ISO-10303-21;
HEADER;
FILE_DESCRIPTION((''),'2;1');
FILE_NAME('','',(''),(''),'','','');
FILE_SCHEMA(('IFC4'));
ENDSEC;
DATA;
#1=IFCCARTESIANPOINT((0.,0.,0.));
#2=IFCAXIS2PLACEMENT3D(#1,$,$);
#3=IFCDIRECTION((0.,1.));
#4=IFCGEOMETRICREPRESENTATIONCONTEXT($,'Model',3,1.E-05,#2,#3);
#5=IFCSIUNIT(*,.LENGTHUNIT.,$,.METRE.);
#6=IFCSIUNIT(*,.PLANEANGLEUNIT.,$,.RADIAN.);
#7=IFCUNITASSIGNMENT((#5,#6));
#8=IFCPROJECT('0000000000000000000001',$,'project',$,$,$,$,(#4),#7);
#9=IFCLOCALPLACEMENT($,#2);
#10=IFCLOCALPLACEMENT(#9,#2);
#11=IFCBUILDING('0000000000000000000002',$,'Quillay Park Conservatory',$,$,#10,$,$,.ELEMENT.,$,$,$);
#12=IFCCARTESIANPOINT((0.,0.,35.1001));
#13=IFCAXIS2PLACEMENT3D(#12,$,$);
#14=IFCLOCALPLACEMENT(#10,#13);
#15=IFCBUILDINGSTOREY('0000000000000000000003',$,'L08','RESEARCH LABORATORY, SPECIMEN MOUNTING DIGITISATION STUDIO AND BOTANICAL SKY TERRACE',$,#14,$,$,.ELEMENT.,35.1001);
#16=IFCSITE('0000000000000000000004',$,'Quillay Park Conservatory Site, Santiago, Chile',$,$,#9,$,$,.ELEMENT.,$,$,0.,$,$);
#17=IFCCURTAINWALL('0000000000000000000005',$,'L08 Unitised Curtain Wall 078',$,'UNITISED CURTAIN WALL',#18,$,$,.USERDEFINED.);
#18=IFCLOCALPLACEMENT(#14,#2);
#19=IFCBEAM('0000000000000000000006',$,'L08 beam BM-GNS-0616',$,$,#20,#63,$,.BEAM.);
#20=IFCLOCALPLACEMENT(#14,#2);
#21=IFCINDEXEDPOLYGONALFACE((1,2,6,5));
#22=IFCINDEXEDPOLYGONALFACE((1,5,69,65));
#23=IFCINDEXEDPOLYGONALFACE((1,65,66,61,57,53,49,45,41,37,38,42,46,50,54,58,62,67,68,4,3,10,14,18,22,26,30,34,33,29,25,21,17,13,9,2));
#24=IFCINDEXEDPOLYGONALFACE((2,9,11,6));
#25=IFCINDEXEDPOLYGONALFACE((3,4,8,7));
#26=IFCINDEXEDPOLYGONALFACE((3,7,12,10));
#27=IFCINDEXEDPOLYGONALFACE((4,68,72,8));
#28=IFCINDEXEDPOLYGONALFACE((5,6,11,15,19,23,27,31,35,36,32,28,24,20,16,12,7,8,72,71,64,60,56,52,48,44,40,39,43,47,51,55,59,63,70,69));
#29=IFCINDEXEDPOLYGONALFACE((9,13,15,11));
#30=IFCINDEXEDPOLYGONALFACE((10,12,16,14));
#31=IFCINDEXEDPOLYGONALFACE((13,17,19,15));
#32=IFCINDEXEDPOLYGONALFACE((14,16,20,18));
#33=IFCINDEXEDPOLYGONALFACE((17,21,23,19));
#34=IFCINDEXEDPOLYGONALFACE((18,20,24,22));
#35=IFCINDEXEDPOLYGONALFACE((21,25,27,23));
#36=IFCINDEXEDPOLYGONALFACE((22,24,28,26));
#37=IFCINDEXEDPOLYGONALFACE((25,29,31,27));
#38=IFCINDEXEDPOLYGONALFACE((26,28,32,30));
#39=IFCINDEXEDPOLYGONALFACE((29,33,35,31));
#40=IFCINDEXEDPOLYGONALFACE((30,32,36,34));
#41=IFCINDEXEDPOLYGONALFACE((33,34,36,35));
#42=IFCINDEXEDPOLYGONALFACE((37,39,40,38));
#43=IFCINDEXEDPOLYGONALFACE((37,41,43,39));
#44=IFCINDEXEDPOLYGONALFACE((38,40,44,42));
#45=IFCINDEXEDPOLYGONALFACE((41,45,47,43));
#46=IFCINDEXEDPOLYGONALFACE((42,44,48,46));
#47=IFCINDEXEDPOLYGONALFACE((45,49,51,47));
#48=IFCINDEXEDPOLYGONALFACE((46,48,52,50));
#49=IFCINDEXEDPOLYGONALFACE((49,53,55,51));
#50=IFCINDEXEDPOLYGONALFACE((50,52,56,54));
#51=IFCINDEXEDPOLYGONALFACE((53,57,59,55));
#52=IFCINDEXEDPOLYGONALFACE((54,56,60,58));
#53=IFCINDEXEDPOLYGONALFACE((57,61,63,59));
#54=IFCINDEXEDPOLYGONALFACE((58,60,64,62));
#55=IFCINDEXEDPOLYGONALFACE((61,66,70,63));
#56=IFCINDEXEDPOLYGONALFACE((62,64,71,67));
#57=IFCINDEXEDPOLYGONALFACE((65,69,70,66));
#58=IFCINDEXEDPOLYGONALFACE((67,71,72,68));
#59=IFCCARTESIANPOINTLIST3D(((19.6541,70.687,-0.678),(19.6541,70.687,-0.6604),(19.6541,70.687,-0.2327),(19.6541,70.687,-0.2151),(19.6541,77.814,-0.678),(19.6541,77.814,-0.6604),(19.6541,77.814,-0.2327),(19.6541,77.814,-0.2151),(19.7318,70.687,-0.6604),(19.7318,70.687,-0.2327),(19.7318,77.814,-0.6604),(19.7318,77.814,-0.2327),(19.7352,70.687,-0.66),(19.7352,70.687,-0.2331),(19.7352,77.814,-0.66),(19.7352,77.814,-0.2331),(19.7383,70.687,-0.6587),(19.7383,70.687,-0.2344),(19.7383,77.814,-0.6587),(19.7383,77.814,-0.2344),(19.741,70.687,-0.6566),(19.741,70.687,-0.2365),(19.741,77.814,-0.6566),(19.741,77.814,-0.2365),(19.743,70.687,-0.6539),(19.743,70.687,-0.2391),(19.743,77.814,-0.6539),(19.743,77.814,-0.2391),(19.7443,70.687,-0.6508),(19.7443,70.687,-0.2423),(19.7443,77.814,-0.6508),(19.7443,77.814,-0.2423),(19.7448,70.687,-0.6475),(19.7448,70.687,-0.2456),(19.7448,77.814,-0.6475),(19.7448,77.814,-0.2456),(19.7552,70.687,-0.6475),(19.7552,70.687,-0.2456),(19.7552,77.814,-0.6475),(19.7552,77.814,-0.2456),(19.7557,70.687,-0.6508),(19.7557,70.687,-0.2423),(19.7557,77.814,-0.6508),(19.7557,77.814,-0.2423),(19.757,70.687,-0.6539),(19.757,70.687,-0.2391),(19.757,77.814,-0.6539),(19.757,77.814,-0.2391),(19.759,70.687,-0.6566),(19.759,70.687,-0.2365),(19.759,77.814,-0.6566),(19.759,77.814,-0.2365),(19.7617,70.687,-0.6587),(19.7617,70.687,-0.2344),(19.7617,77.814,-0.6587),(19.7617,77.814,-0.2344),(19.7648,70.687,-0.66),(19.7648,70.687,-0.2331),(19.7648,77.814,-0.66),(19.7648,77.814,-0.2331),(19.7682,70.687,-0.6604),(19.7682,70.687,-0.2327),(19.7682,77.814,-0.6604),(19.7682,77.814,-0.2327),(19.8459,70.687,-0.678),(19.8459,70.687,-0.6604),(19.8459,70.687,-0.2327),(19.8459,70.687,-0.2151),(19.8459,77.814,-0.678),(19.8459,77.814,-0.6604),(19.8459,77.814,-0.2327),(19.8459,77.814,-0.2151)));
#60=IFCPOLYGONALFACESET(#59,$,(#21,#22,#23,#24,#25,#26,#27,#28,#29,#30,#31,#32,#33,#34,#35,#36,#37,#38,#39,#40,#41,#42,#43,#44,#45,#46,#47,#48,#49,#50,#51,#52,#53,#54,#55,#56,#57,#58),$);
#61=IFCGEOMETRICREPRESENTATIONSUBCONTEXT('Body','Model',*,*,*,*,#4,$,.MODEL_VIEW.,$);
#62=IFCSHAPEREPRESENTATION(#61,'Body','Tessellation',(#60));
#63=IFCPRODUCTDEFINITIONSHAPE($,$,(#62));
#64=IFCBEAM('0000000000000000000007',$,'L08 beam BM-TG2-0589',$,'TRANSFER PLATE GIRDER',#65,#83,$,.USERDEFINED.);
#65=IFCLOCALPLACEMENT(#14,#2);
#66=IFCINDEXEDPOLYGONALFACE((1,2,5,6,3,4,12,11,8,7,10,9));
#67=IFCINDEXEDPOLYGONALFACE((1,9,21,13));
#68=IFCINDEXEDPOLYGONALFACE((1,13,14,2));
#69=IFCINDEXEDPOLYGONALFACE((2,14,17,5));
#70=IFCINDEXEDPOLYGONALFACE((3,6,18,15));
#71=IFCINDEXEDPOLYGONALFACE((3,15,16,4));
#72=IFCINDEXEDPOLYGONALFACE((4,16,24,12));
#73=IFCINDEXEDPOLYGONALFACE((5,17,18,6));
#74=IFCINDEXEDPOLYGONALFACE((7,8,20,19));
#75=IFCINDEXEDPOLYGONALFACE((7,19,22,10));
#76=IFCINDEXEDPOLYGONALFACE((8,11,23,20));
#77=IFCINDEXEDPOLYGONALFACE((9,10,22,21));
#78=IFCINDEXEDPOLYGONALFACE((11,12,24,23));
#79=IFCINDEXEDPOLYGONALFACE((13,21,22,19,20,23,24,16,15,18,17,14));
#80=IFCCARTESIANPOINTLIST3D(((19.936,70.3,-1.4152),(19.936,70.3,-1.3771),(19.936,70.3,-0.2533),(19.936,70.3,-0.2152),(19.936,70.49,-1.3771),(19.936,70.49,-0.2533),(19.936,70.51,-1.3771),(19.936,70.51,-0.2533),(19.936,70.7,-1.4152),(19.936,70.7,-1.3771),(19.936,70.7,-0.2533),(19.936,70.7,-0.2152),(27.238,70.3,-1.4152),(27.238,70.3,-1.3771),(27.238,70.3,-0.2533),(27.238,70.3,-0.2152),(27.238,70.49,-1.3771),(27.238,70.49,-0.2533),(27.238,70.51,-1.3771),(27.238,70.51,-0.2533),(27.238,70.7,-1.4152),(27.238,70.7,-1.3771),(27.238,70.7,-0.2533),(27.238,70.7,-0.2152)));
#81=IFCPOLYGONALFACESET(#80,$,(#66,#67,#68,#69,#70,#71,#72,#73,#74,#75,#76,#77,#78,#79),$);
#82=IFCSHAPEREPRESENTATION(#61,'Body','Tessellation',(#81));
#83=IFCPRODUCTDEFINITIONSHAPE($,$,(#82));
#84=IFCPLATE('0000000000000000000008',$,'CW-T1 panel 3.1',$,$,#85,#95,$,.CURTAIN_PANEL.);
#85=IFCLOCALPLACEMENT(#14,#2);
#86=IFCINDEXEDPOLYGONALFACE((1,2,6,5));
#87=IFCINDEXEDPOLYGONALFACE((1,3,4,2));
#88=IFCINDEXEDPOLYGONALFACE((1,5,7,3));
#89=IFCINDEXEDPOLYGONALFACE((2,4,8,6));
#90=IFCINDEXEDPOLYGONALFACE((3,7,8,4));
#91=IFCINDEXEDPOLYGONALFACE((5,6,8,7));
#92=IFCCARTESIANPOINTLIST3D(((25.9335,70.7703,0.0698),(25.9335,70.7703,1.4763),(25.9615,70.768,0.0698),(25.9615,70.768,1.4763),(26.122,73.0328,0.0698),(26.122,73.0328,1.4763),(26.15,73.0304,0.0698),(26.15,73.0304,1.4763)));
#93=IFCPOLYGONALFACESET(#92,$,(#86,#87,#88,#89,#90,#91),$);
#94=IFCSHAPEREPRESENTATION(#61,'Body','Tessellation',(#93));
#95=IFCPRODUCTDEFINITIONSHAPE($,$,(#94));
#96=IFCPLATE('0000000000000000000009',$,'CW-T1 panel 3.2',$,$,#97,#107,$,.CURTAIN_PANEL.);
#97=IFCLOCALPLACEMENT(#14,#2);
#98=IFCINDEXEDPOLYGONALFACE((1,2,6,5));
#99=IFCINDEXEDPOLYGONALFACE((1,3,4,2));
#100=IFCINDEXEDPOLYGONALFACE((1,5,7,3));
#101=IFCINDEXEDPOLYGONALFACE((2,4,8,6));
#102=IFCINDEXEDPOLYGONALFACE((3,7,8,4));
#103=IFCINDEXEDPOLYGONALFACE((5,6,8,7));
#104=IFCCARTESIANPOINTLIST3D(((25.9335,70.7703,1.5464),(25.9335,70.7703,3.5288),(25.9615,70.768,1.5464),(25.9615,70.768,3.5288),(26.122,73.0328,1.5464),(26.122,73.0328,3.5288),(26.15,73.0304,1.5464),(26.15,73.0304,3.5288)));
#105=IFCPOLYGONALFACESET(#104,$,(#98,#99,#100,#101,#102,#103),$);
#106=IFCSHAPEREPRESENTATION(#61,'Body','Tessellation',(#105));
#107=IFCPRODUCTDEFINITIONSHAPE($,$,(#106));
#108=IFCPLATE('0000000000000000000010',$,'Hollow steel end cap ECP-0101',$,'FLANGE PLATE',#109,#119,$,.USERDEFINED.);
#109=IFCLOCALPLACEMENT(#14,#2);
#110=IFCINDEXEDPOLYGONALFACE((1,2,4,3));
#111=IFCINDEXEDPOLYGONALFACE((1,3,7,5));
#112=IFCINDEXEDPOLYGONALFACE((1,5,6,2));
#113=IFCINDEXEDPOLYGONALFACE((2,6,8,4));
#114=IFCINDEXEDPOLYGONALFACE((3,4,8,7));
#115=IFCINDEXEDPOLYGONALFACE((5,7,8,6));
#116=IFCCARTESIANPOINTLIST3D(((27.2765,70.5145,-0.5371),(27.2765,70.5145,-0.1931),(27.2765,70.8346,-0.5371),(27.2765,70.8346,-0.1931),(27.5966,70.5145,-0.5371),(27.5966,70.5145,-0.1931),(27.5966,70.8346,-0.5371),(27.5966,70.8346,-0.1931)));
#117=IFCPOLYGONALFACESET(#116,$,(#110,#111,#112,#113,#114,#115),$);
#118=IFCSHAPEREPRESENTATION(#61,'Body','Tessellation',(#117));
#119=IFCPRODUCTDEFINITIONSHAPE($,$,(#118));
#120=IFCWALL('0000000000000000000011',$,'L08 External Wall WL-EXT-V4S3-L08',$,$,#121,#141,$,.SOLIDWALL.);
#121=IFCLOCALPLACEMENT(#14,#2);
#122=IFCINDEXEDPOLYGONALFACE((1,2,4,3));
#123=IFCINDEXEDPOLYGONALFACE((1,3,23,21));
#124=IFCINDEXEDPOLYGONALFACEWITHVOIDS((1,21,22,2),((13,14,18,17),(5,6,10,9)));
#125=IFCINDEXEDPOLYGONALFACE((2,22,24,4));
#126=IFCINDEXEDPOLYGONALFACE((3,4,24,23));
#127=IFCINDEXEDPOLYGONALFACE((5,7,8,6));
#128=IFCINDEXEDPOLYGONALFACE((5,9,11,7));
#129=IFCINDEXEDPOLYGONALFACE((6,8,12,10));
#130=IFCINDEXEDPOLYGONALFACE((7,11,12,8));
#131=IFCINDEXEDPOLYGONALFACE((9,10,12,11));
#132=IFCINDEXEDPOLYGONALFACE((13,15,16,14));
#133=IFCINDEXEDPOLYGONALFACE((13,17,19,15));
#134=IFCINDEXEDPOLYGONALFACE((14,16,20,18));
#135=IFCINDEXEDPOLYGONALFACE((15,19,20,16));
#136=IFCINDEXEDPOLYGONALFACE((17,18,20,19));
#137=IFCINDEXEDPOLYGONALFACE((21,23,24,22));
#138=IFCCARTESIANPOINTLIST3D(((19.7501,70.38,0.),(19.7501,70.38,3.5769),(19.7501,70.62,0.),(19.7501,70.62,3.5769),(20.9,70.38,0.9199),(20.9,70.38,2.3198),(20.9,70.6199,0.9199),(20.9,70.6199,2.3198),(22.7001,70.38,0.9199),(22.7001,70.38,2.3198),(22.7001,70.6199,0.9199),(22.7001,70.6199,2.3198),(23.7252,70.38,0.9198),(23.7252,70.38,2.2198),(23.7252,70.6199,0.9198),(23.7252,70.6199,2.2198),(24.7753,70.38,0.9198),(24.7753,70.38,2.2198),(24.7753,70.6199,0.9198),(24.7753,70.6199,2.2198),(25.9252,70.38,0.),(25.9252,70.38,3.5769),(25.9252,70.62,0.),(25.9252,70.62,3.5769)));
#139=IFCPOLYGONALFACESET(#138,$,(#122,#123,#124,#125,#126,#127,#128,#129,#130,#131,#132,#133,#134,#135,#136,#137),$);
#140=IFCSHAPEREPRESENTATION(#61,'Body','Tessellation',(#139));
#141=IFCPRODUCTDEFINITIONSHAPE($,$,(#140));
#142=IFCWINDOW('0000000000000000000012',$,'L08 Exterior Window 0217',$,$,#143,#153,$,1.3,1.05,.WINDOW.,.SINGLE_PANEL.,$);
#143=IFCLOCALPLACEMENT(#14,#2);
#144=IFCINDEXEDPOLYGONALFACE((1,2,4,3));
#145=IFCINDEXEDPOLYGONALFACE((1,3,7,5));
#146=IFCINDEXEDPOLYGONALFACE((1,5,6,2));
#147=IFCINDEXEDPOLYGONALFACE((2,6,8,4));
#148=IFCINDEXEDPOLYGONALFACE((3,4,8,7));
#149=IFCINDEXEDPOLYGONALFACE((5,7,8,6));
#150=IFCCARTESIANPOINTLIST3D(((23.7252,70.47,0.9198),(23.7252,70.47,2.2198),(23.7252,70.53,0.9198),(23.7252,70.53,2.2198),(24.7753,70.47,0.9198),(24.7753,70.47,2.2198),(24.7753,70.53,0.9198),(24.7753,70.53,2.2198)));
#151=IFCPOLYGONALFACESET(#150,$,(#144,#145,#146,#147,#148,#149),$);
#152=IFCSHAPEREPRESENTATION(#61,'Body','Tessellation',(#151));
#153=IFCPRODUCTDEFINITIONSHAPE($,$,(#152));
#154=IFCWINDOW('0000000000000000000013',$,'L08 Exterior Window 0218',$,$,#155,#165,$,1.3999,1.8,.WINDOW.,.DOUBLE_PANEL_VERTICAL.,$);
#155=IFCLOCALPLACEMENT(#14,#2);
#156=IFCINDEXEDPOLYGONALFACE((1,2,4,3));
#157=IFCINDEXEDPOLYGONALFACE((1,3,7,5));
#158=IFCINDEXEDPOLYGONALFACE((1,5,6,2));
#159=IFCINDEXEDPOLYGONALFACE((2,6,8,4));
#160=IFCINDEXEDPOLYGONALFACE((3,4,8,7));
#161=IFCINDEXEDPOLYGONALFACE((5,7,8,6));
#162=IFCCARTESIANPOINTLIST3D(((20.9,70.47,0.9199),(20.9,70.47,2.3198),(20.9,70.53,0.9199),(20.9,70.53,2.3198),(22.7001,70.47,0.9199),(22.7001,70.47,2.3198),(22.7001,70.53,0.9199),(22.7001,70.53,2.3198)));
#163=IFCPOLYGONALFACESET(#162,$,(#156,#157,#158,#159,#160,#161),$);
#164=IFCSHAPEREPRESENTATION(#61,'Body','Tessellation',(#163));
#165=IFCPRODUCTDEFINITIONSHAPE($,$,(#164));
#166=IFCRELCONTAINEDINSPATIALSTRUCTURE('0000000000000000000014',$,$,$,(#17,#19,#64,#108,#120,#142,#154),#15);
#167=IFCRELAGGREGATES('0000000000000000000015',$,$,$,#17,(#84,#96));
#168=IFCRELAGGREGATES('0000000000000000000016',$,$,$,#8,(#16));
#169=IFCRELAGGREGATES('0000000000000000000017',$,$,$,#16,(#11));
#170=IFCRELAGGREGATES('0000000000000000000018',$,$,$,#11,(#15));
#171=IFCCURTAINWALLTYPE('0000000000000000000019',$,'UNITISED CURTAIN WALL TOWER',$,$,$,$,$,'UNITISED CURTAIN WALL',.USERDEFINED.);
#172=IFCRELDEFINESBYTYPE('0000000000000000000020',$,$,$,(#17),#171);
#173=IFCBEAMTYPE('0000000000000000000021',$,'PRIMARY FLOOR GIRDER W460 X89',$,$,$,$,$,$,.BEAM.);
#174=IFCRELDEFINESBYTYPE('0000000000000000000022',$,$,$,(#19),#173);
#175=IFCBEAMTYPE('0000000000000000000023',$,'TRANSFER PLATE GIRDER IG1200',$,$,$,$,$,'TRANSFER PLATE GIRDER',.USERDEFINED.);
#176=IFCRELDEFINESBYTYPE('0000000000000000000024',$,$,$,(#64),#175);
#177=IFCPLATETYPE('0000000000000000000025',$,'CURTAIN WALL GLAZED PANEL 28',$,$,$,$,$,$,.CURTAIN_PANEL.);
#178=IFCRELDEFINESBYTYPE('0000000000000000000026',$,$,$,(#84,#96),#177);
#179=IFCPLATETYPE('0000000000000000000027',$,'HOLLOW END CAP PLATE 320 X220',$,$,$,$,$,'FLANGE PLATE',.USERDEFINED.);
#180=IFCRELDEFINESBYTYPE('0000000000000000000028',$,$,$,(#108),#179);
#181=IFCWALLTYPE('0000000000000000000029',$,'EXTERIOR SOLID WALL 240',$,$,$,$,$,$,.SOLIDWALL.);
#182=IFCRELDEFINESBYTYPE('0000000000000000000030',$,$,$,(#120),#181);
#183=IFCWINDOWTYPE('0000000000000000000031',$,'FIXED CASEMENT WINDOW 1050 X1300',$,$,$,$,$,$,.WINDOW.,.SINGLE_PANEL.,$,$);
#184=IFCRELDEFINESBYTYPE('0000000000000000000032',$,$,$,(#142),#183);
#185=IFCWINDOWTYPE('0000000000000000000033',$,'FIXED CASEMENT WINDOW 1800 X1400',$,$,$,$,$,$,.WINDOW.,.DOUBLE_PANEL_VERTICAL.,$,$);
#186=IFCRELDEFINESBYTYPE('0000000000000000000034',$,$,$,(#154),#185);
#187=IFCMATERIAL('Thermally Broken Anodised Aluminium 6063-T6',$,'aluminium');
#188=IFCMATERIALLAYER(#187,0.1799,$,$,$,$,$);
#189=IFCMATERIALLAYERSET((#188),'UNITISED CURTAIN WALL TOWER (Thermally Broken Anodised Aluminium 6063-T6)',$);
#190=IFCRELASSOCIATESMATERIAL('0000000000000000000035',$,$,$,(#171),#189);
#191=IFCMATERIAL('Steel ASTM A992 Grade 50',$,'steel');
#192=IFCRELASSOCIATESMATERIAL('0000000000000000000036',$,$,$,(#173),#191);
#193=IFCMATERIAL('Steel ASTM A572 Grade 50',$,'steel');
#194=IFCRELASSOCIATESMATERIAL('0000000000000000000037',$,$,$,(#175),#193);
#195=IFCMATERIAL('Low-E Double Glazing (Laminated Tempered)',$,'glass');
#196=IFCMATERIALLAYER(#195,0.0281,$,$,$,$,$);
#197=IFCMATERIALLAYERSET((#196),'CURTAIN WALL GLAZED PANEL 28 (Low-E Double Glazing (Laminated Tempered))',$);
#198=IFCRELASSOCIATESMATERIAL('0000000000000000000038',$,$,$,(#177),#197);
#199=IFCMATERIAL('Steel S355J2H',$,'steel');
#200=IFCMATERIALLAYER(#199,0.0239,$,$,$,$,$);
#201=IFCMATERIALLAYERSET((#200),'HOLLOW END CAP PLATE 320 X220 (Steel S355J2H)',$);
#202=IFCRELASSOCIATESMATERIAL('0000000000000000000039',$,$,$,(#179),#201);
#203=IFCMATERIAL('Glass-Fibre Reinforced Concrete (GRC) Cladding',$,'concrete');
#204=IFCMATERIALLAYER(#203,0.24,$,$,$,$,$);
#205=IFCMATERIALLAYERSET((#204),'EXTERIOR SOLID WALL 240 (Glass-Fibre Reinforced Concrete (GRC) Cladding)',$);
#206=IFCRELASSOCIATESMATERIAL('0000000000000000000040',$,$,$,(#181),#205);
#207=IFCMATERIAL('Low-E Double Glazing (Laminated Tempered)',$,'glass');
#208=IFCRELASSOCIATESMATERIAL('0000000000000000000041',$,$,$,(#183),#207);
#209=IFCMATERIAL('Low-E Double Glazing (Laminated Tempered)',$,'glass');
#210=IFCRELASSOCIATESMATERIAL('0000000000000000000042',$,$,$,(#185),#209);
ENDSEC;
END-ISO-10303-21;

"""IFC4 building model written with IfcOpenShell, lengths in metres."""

from ifc_helpers import new_model, si_unit, direction, frame, frame_2d, origin, origin_2d, place, context, subcontext, project, spatial, rectangle, i_section, extrude, material, layer, layer_set, material_profile, profile_set, type_object, element, fill, aggregate, save


model = new_model("IFC4")

# Units and contexts
model_context = context("Model", 3, precision=1e-05, world=origin(), true_north=direction((0.0, 1.0)))
body_context = subcontext(model_context, "Body", "Model", "MODEL_VIEW")
ifc_project = project(units=[si_unit("LENGTHUNIT", "METRE"), si_unit("PLANEANGLEUNIT", "RADIAN")], contexts=[model_context])

# Site, building, storey
site_placement = place(None, origin())
site = spatial("IfcSite", under=ifc_project, at=site_placement, Name="Quillay Park Conservatory Site, Santiago, Chile", CompositionType="ELEMENT", RefElevation=0.0)
building_placement = place(site_placement, origin())
building = spatial("IfcBuilding", under=site, at=building_placement, Name="Quillay Park Conservatory", CompositionType="ELEMENT")
storey_placement = place(building_placement, frame((0.0, 0.0, 35.1001)))
storey = spatial("IfcBuildingStorey", under=building, at=storey_placement, Name="L08", Description="RESEARCH LABORATORY, SPECIMEN MOUNTING DIGITISATION STUDIO AND BOTANICAL SKY TERRACE", CompositionType="ELEMENT", Elevation=35.1001)

# Curtain wall
ifc_material_1 = material(Name="Thermally Broken Anodised Aluminium 6063-T6", Category="aluminium")
ifc_layer_1 = layer(ifc_material_1, 0.1799)
ifc_layer_set_1 = layer_set([ifc_layer_1], Name="UNITISED CURTAIN WALL TOWER (Thermally Broken Anodised Aluminium 6063-T6)")
curtain_wall_type = type_object("IfcCurtainWallType", Name="UNITISED CURTAIN WALL TOWER", ElementType="UNITISED CURTAIN WALL", PredefinedType="USERDEFINED", material=ifc_layer_set_1)
curtain_wall_placement = place(storey_placement, origin())
curtain_wall = element("IfcCurtainWall", 1, at=curtain_wall_placement, inside=storey, type_object=curtain_wall_type, Name="L08 Unitised Curtain Wall 078", ObjectType="UNITISED CURTAIN WALL", PredefinedType="USERDEFINED")

# Beams
ifc_material_2 = material(Name="Steel ASTM A992 Grade 50", Category="steel")
ifc_material_profile_1 = material_profile(ifc_material_2, i_section(OverallWidth=0.1919, OverallDepth=0.4629, WebThickness=0.0105, FlangeThickness=0.0176, FilletRadius=0.0129, at=origin_2d()), Name="W460x89")
ifc_profile_set_1 = profile_set([ifc_material_profile_1], Name="Steel ASTM A992 Grade 50")
beam_type_1 = type_object("IfcBeamType", Name="PRIMARY FLOOR GIRDER W460 X89", PredefinedType="BEAM", material=ifc_profile_set_1)
beam_1_placement = place(storey_placement, frame((19.75, 70.687, -0.4465), z_axis=(0.0, 1.0, 0.0), x_axis=(-1.0, 0.0, 0.0)))
element("IfcBeam", 2, at=beam_1_placement, inside=storey, type_object=beam_type_1, Name="L08 beam BM-GNS-0616", PredefinedType="BEAM", context=body_context, shape_type="SweptSolid", body=[
    extrude(i_section(OverallWidth=0.1919, OverallDepth=0.4629, WebThickness=0.0105, FlangeThickness=0.0176, FilletRadius=0.0129, at=origin_2d()), origin(), (0.0, 0.0, 1.0), 7.127),
])
ifc_material_3 = material(Name="Steel ASTM A572 Grade 50", Category="steel")
ifc_material_profile_2 = material_profile(ifc_material_3, i_section(OverallWidth=0.3999, OverallDepth=1.2, WebThickness=0.02, FlangeThickness=0.0381, at=origin_2d()), Name="IG1200x400")
ifc_profile_set_2 = profile_set([ifc_material_profile_2], Name="Steel ASTM A572 Grade 50")
beam_type_2 = type_object("IfcBeamType", Name="TRANSFER PLATE GIRDER IG1200", ElementType="TRANSFER PLATE GIRDER", PredefinedType="USERDEFINED", material=ifc_profile_set_2)
beam_2_placement = place(storey_placement, frame((19.936, 70.5, -0.8152), z_axis=(1.0, 0.0, 0.0), x_axis=(0.0, 1.0, 0.0)))
element("IfcBeam", 3, at=beam_2_placement, inside=storey, type_object=beam_type_2, Name="L08 beam BM-TG2-0589", ObjectType="TRANSFER PLATE GIRDER", PredefinedType="USERDEFINED", context=body_context, shape_type="SweptSolid", body=[
    extrude(i_section(OverallWidth=0.3999, OverallDepth=1.2, WebThickness=0.02, FlangeThickness=0.0381, at=origin_2d()), origin(), (0.0, 0.0, 1.0), 7.302),
])

# Plates
ifc_material_4 = material(Name="Low-E Double Glazing (Laminated Tempered)", Category="glass")
ifc_layer_2 = layer(ifc_material_4, 0.0281)
ifc_layer_set_2 = layer_set([ifc_layer_2], Name="CURTAIN WALL GLAZED PANEL 28 (Low-E Double Glazing (Laminated Tempered))")
plate_type_1 = type_object("IfcPlateType", Name="CURTAIN WALL GLAZED PANEL 28", PredefinedType="CURTAIN_PANEL", material=ifc_layer_set_2)
plate_1_placement = place(storey_placement, frame((26.0417, 71.9004, 0.0698), z_axis=(0.0, 0.0, 1.0), x_axis=(-0.083048, -0.996546, 0.0)))
plate_1 = element("IfcPlate", 4, at=plate_1_placement, type_object=plate_type_1, Name="CW-T1 panel 3.1", PredefinedType="CURTAIN_PANEL", context=body_context, shape_type="SweptSolid", body=[
    extrude(rectangle(XDim=2.2703, YDim=0.0281, at=origin_2d()), origin(), (0.0, 0.0, 1.0), 1.4065),
])
plate_2_placement = place(storey_placement, frame((26.0417, 71.9004, 1.5464), z_axis=(0.0, 0.0, 1.0), x_axis=(-0.083048, -0.996546, 0.0)))
plate_2 = element("IfcPlate", 5, at=plate_2_placement, type_object=plate_type_1, Name="CW-T1 panel 3.2", PredefinedType="CURTAIN_PANEL", context=body_context, shape_type="SweptSolid", body=[
    extrude(rectangle(XDim=2.2703, YDim=0.0281, at=origin_2d()), origin(), (0.0, 0.0, 1.0), 1.9824),
])
aggregate(curtain_wall, [plate_1, plate_2])
ifc_material_5 = material(Name="Steel S355J2H", Category="steel")
ifc_layer_3 = layer(ifc_material_5, 0.0239)
ifc_layer_set_3 = layer_set([ifc_layer_3], Name="HOLLOW END CAP PLATE 320 X220 (Steel S355J2H)")
plate_type_2 = type_object("IfcPlateType", Name="HOLLOW END CAP PLATE 320 X220", ElementType="FLANGE PLATE", PredefinedType="USERDEFINED", material=ifc_layer_set_3)
plate_3_placement = place(storey_placement, frame((27.4365, 70.6746, -0.5371), z_axis=(0.0, 0.0, 1.0), x_axis=(1.0, 0.0, 0.0)))
element("IfcPlate", 6, at=plate_3_placement, inside=storey, type_object=plate_type_2, Name="Hollow steel end cap ECP-0101", ObjectType="FLANGE PLATE", PredefinedType="USERDEFINED", context=body_context, shape_type="SweptSolid", body=[
    extrude(rectangle(XDim=0.3201, YDim=0.3201, at=origin_2d()), origin(), (0.0, 0.0, 1.0), 0.344),
])

# Wall, openings, windows
ifc_material_6 = material(Name="Glass-Fibre Reinforced Concrete (GRC) Cladding", Category="concrete")
ifc_layer_4 = layer(ifc_material_6, 0.24)
ifc_layer_set_4 = layer_set([ifc_layer_4], Name="EXTERIOR SOLID WALL 240 (Glass-Fibre Reinforced Concrete (GRC) Cladding)")
wall_type = type_object("IfcWallType", Name="EXTERIOR SOLID WALL 240", PredefinedType="SOLIDWALL", material=ifc_layer_set_4)
wall_placement = place(storey_placement, frame((25.925, 70.5, 0.0), z_axis=(0.0, 0.0, 1.0), x_axis=(-1.0, 0.0, 0.0)))
wall = element("IfcWall", 7, at=wall_placement, inside=storey, type_object=wall_type, Name="L08 External Wall WL-EXT-V4S3-L08", PredefinedType="SOLIDWALL", context=body_context, shape_type="SweptSolid", body=[
    extrude(rectangle(XDim=6.175, YDim=0.24, at=frame_2d((3.0874, 0.0))), origin(), (0.0, 0.0, 1.0), 3.5769),
])
opening_1_placement = place(wall_placement, frame((1.1499, 0.0, 0.9199)))
opening_1 = element("IfcOpeningElement", 8, at=opening_1_placement, cuts=wall, PredefinedType="OPENING", context=body_context, shape_type="SweptSolid", body=[
    extrude(rectangle(XDim=1.05, YDim=1.3, at=frame_2d((0.5249, 0.6499))), frame((0.0, 0.1201, 0.0), z_axis=(0.0, -1.0, 0.0), x_axis=(1.0, 0.0, 0.0)), (0.0, 0.0, 1.0), 0.24),
])
opening_2_placement = place(wall_placement, frame((3.2251, 0.0, 0.9199)))
opening_2 = element("IfcOpeningElement", 9, at=opening_2_placement, cuts=wall, PredefinedType="OPENING", context=body_context, shape_type="SweptSolid", body=[
    extrude(rectangle(XDim=1.8, YDim=1.3999, at=frame_2d((0.8999, 0.7))), frame((0.0, 0.1201, 0.0), z_axis=(0.0, -1.0, 0.0), x_axis=(1.0, 0.0, 0.0)), (0.0, 0.0, 1.0), 0.24),
])
ifc_material_7 = material(Name="Low-E Double Glazing (Laminated Tempered)", Category="glass")
window_type_1 = type_object("IfcWindowType", Name="FIXED CASEMENT WINDOW 1050 X1300", PartitioningType="SINGLE_PANEL", PredefinedType="WINDOW", material=ifc_material_7)
window_1_placement = place(opening_1_placement, origin())
window_1 = element("IfcWindow", 10, at=window_1_placement, inside=storey, type_object=window_type_1, Name="L08 Exterior Window 0217", OverallHeight=1.3, OverallWidth=1.05, PartitioningType="SINGLE_PANEL", PredefinedType="WINDOW", context=body_context, shape_type="SweptSolid", body=[
    extrude(rectangle(XDim=1.05, YDim=1.3, at=frame_2d((0.5249, 0.6499))), frame((0.0, 0.03, 0.0), z_axis=(0.0, -1.0, 0.0), x_axis=(1.0, 0.0, 0.0)), (0.0, 0.0, 1.0), 0.0601),
])
fill(opening_1, window_1)
ifc_material_8 = material(Name="Low-E Double Glazing (Laminated Tempered)", Category="glass")
window_type_2 = type_object("IfcWindowType", Name="FIXED CASEMENT WINDOW 1800 X1400", PartitioningType="DOUBLE_PANEL_VERTICAL", PredefinedType="WINDOW", material=ifc_material_8)
window_2_placement = place(opening_2_placement, origin())
window_2 = element("IfcWindow", 11, at=window_2_placement, inside=storey, type_object=window_type_2, Name="L08 Exterior Window 0218", OverallHeight=1.3999, OverallWidth=1.8, PartitioningType="DOUBLE_PANEL_VERTICAL", PredefinedType="WINDOW", context=body_context, shape_type="SweptSolid", body=[
    extrude(rectangle(XDim=1.8, YDim=1.3999, at=frame_2d((0.8999, 0.7))), frame((0.0, 0.03, 0.0), z_axis=(0.0, -1.0, 0.0), x_axis=(1.0, 0.0, 0.0)), (0.0, 0.0, 1.0), 0.0601),
])
fill(opening_2, window_2)

save(model, "model.ifc")
